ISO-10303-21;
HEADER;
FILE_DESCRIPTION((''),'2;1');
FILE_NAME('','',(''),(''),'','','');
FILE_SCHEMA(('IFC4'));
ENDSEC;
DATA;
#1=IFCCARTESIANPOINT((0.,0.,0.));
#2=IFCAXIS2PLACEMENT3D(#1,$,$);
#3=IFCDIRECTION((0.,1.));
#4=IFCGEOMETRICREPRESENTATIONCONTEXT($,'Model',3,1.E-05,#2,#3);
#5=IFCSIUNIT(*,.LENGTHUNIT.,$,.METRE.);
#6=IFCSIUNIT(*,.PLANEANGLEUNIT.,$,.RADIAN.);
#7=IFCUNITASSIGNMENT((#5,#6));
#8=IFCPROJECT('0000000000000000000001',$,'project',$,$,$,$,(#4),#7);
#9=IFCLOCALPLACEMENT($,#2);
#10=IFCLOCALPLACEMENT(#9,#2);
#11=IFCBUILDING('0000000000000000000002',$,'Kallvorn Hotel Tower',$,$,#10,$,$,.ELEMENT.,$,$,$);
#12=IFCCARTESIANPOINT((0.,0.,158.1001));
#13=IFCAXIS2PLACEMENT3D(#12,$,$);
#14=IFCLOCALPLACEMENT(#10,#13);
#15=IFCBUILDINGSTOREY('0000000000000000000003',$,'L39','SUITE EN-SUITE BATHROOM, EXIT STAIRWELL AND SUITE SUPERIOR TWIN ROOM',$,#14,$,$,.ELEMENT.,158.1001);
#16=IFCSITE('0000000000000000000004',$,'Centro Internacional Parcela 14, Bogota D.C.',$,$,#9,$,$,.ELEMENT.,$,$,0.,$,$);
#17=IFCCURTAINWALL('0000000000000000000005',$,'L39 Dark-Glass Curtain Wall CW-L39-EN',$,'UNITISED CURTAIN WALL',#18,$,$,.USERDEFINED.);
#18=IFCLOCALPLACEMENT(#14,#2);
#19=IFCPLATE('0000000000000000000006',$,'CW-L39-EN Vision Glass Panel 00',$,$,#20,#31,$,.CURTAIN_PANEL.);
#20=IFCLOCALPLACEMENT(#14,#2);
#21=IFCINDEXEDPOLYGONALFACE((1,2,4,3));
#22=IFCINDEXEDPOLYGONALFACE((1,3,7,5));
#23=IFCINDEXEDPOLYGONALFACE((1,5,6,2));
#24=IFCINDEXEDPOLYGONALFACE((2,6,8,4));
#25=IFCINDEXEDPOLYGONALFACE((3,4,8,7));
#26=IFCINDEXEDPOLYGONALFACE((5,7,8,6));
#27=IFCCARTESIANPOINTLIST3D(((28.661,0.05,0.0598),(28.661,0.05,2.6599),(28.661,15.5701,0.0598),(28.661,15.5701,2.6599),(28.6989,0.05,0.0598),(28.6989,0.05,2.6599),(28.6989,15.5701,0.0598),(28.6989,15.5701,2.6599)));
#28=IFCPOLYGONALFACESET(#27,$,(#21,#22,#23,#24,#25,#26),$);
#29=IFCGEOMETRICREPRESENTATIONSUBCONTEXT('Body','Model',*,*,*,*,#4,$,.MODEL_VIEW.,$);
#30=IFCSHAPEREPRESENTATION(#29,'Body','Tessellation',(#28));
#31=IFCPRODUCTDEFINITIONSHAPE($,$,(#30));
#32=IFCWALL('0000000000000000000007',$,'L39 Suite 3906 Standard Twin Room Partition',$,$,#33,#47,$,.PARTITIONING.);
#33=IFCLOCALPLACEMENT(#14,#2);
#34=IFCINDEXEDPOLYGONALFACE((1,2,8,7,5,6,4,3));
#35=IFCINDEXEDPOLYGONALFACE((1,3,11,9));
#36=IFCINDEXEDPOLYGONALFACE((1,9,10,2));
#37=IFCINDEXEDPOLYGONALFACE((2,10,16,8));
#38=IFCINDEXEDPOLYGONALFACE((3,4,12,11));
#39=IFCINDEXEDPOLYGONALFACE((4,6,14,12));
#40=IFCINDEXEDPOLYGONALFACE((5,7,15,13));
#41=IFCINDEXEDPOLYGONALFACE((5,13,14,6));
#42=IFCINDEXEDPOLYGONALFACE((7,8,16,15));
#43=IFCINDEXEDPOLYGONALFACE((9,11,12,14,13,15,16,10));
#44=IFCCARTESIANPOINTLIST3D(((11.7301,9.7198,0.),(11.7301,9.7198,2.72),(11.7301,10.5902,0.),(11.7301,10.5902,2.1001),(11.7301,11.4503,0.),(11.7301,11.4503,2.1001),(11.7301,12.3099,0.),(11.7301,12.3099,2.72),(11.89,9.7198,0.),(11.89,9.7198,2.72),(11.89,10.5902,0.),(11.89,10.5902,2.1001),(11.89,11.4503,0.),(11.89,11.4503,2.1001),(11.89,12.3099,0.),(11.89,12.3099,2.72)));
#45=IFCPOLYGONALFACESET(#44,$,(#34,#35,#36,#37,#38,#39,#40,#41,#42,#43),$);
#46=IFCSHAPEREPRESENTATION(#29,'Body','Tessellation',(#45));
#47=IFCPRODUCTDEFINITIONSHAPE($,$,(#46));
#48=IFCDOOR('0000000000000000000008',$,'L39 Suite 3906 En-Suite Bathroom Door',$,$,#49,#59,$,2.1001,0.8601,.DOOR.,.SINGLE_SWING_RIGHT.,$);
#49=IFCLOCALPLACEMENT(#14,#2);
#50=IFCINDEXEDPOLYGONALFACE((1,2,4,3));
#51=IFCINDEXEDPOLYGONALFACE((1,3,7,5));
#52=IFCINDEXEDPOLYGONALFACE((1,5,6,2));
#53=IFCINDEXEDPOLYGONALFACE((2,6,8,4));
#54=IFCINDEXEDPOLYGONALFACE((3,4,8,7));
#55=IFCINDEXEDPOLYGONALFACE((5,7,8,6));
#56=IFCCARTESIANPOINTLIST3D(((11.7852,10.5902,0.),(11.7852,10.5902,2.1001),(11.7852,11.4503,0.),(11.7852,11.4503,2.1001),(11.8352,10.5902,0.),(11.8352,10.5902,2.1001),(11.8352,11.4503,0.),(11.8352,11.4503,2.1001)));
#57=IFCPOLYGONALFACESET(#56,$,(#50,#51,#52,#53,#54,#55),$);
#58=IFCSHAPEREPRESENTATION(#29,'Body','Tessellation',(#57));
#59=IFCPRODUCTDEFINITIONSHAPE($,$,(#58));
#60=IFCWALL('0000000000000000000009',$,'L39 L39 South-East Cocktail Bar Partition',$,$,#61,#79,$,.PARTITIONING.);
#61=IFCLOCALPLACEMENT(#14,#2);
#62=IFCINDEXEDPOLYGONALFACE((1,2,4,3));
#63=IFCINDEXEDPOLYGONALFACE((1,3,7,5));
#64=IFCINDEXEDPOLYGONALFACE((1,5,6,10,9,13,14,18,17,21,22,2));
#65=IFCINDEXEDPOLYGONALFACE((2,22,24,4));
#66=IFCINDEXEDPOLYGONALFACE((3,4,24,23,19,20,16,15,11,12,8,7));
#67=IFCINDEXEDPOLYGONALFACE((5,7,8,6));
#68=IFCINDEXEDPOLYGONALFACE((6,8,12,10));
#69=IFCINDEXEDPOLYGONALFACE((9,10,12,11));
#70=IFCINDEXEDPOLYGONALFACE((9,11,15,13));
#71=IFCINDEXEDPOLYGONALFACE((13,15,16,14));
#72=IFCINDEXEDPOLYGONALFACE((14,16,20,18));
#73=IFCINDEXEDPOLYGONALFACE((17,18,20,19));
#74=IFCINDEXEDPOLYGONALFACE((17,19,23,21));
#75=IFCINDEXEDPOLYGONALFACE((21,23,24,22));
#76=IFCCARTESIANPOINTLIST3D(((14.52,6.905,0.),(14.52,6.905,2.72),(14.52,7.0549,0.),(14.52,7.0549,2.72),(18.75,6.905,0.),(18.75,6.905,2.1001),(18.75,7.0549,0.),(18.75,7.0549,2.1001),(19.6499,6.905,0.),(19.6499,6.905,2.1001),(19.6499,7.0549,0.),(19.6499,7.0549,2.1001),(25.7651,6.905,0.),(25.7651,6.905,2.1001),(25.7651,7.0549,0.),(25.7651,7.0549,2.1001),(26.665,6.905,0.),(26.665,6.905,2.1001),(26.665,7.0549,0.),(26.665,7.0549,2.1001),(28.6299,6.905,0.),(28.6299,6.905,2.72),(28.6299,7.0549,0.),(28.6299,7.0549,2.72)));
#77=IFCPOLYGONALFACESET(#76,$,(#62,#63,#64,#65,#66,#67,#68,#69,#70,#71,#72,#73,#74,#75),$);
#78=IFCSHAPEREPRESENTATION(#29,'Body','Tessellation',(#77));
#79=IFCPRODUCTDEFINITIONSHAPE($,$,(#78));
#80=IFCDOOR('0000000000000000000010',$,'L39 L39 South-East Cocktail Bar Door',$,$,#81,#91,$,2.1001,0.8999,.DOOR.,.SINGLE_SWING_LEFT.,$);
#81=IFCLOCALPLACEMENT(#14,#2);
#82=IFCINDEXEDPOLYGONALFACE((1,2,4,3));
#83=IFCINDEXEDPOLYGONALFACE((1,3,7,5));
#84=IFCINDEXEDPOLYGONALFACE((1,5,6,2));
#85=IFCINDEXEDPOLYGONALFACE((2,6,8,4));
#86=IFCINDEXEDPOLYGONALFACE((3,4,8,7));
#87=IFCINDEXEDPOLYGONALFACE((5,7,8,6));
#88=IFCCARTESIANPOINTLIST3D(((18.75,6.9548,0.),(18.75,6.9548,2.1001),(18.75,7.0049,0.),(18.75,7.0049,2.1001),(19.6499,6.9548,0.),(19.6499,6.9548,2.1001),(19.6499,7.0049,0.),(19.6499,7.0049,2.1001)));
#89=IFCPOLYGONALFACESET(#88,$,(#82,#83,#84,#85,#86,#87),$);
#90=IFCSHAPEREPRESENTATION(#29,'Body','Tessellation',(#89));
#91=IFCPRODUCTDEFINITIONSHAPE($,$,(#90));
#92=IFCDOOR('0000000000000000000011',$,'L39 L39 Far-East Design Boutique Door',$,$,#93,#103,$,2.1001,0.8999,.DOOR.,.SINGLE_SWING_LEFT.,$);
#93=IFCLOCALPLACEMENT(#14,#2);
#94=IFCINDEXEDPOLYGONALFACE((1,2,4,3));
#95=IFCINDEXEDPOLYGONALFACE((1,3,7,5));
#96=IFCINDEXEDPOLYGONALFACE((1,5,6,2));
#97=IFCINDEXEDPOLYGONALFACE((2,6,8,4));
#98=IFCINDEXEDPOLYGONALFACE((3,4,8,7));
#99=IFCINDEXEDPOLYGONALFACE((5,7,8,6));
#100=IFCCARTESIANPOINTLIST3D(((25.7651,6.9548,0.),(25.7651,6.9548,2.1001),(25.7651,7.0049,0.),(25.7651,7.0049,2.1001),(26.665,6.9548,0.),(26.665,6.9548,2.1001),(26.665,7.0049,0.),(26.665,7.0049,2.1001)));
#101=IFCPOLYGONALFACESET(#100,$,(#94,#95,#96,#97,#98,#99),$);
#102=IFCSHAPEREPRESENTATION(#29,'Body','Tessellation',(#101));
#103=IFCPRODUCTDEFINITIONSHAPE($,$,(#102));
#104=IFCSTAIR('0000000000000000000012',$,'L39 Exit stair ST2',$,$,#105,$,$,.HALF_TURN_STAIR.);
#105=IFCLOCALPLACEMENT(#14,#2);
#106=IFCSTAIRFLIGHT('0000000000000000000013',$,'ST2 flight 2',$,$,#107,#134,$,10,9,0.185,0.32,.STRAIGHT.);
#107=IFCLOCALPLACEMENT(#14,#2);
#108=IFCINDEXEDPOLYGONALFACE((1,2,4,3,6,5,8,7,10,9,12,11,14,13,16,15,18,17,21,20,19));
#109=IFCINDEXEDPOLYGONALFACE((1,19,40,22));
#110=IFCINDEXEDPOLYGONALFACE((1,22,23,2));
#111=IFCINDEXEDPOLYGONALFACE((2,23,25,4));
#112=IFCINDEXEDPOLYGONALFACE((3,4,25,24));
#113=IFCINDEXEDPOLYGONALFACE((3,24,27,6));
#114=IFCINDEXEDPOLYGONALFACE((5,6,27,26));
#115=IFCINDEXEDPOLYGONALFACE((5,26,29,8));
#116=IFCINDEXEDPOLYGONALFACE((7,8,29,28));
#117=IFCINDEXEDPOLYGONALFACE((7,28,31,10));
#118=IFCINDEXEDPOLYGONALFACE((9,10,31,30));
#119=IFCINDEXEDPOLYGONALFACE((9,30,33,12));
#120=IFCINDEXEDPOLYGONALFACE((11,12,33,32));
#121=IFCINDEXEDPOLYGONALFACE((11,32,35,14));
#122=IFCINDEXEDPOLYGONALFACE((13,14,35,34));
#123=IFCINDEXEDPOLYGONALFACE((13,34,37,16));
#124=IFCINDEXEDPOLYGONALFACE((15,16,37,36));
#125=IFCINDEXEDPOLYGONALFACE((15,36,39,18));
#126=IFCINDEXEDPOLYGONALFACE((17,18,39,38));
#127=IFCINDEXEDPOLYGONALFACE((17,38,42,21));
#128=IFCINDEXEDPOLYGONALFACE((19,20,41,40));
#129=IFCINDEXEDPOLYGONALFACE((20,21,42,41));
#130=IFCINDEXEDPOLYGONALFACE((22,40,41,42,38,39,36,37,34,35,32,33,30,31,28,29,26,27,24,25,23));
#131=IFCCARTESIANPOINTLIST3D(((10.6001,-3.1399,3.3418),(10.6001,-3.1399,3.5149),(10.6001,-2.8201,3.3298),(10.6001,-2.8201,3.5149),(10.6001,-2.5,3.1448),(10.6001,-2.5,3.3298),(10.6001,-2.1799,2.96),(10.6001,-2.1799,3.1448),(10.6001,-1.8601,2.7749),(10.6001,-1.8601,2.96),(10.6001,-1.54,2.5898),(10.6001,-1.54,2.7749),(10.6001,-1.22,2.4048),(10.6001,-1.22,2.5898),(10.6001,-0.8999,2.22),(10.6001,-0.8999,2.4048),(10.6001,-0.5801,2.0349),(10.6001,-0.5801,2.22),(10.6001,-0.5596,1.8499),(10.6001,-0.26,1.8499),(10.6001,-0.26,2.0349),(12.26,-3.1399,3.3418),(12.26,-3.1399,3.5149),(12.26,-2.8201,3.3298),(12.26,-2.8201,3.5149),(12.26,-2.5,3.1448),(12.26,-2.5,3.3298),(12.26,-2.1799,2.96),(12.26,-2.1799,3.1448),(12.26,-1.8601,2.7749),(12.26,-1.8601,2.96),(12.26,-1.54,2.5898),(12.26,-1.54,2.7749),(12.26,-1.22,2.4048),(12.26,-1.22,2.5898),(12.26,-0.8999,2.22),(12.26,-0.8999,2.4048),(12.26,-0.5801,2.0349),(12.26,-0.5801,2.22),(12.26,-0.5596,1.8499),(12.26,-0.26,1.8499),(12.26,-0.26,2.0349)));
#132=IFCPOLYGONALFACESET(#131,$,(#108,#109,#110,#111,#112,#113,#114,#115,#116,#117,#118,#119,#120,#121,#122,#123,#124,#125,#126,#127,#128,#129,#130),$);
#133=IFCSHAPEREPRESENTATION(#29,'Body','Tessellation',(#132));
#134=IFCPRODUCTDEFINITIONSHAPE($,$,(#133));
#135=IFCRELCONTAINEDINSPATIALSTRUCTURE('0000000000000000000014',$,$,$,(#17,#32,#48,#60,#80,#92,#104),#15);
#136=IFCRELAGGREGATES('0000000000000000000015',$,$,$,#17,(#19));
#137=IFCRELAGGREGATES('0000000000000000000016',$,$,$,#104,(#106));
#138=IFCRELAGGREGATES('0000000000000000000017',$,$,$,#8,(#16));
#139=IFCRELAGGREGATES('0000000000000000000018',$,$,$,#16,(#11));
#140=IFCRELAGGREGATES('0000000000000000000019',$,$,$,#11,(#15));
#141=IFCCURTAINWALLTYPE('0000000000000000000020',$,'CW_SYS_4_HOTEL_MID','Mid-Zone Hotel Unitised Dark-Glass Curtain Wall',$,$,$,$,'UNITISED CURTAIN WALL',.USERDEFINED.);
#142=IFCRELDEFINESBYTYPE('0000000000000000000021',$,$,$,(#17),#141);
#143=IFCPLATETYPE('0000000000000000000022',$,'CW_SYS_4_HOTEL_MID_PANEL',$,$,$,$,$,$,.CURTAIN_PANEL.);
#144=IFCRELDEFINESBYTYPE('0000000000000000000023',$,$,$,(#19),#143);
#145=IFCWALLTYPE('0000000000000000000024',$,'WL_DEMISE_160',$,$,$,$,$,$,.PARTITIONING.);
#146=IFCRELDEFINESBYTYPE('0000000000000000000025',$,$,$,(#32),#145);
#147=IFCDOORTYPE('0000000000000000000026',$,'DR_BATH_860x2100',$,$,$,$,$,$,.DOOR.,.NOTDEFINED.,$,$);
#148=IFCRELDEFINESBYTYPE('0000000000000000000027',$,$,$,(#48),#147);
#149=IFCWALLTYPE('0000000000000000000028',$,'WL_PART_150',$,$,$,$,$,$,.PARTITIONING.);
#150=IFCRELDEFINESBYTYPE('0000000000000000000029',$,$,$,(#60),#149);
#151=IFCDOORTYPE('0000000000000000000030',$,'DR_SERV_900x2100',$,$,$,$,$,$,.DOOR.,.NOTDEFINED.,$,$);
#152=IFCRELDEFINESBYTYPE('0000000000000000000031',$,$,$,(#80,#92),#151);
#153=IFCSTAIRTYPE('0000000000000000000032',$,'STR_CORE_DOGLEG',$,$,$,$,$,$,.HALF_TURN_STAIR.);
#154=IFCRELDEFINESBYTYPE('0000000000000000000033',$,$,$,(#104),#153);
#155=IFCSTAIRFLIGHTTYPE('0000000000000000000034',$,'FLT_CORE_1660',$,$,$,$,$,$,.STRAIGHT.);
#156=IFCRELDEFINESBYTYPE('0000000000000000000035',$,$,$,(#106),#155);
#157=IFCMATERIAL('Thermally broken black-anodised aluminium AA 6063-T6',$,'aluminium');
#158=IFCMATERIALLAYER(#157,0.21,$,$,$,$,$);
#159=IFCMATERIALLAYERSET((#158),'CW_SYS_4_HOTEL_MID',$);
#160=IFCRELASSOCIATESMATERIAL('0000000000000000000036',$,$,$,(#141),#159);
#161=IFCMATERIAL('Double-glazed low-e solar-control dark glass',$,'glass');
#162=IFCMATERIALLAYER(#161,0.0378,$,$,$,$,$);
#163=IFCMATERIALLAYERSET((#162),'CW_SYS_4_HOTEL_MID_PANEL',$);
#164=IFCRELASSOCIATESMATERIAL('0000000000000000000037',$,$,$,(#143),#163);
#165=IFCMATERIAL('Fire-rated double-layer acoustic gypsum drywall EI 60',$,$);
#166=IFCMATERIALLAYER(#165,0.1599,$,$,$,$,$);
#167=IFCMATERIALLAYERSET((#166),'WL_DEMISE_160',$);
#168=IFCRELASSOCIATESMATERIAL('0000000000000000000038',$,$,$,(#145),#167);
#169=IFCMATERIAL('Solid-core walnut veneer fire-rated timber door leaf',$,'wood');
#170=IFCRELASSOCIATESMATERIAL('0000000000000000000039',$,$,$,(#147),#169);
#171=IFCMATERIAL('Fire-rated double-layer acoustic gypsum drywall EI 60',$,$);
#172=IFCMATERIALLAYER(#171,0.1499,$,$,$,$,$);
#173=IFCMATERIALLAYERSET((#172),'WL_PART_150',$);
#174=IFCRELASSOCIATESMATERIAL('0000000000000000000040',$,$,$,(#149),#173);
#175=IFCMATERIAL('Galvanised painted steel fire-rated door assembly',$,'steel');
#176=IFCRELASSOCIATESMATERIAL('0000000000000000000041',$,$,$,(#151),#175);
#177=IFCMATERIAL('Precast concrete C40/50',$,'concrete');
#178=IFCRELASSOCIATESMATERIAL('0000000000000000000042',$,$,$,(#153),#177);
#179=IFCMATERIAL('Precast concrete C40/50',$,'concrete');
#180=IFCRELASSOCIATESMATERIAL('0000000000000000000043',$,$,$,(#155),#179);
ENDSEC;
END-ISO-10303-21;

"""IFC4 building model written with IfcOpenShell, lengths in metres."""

from ifc_helpers import new_model, si_unit, direction, frame, frame_2d, origin, origin_2d, place, context, subcontext, project, spatial, polyline, rectangle, outline, extrude, material, layer, layer_set, type_object, element, fill, aggregate, save


model = new_model("IFC4")

# Units and contexts
model_context = context("Model", 3, precision=1e-05, world=origin(), true_north=direction((0.0, 1.0)))
body_context = subcontext(model_context, "Body", "Model", "MODEL_VIEW")
ifc_project = project(units=[si_unit("LENGTHUNIT", "METRE"), si_unit("PLANEANGLEUNIT", "RADIAN")], contexts=[model_context])

# Site, building, storey
site_placement = place(None, origin())
site = spatial("IfcSite", under=ifc_project, at=site_placement, Name="Centro Internacional Parcela 14, Bogota D.C.", CompositionType="ELEMENT", RefElevation=0.0)
building_placement = place(site_placement, origin())
building = spatial("IfcBuilding", under=site, at=building_placement, Name="Kallvorn Hotel Tower", CompositionType="ELEMENT")
storey_placement = place(building_placement, frame((0.0, 0.0, 158.1001)))
storey = spatial("IfcBuildingStorey", under=building, at=storey_placement, Name="L39", Description="SUITE EN-SUITE BATHROOM, EXIT STAIRWELL AND SUITE SUPERIOR TWIN ROOM", CompositionType="ELEMENT", Elevation=158.1001)

# Curtain wall, plate
ifc_material_1 = material(Name="Thermally broken black-anodised aluminium AA 6063-T6", Category="aluminium")
ifc_layer_1 = layer(ifc_material_1, 0.21)
ifc_layer_set_1 = layer_set([ifc_layer_1], Name="CW_SYS_4_HOTEL_MID")
curtain_wall_type = type_object("IfcCurtainWallType", Name="CW_SYS_4_HOTEL_MID", Description="Mid-Zone Hotel Unitised Dark-Glass Curtain Wall", ElementType="UNITISED CURTAIN WALL", PredefinedType="USERDEFINED", material=ifc_layer_set_1)
curtain_wall_placement = place(storey_placement, origin())
curtain_wall = element("IfcCurtainWall", 1, at=curtain_wall_placement, inside=storey, type_object=curtain_wall_type, Name="L39 Dark-Glass Curtain Wall CW-L39-EN", ObjectType="UNITISED CURTAIN WALL", PredefinedType="USERDEFINED")
ifc_material_2 = material(Name="Double-glazed low-e solar-control dark glass", Category="glass")
ifc_layer_2 = layer(ifc_material_2, 0.0378)
ifc_layer_set_2 = layer_set([ifc_layer_2], Name="CW_SYS_4_HOTEL_MID_PANEL")
plate_type = type_object("IfcPlateType", Name="CW_SYS_4_HOTEL_MID_PANEL", PredefinedType="CURTAIN_PANEL", material=ifc_layer_set_2)
plate_placement = place(storey_placement, frame((28.6799, 7.8101, 0.0598), z_axis=(0.0, 0.0, 1.0), x_axis=(0.0, 1.0, 0.0)))
plate = element("IfcPlate", 2, at=plate_placement, type_object=plate_type, Name="CW-L39-EN Vision Glass Panel 00", PredefinedType="CURTAIN_PANEL", context=body_context, shape_type="SweptSolid", body=[
    extrude(rectangle(XDim=15.52, YDim=0.0378, at=origin_2d()), origin(), (0.0, 0.0, 1.0), 2.6001),
])
aggregate(curtain_wall, [plate])

# Wall, opening, door
ifc_material_3 = material(Name="Fire-rated double-layer acoustic gypsum drywall EI 60")
ifc_layer_3 = layer(ifc_material_3, 0.1599)
ifc_layer_set_3 = layer_set([ifc_layer_3], Name="WL_DEMISE_160")
wall_type_1 = type_object("IfcWallType", Name="WL_DEMISE_160", PredefinedType="PARTITIONING", material=ifc_layer_set_3)
wall_1_placement = place(storey_placement, frame((11.8101, 9.72, 0.0), z_axis=(0.0, 0.0, 1.0), x_axis=(0.0, 1.0, 0.0)))
wall_1 = element("IfcWall", 3, at=wall_1_placement, inside=storey, type_object=wall_type_1, Name="L39 Suite 3906 Standard Twin Room Partition", PredefinedType="PARTITIONING", context=body_context, shape_type="SweptSolid", body=[
    extrude(rectangle(XDim=2.5901, YDim=0.1599, at=frame_2d((1.2949, 0.0))), origin(), (0.0, 0.0, 1.0), 2.72),
])
opening_1_placement = place(wall_1_placement, frame((0.8701, 0.0, 0.0)))
opening_1 = element("IfcOpeningElement", 4, at=opening_1_placement, cuts=wall_1, PredefinedType="OPENING", context=body_context, shape_type="SweptSolid", body=[
    extrude(rectangle(XDim=0.8601, YDim=2.1001, at=frame_2d((0.4302, 1.05))), frame((0.0, 0.095, 0.0), z_axis=(0.0, -1.0, 0.0), x_axis=(1.0, 0.0, 0.0)), (0.0, 0.0, 1.0), 0.1899),
])
ifc_material_4 = material(Name="Solid-core walnut veneer fire-rated timber door leaf", Category="wood")
door_type_1 = type_object("IfcDoorType", Name="DR_BATH_860x2100", OperationType="NOTDEFINED", PredefinedType="DOOR", material=ifc_material_4)
door_1_placement = place(opening_1_placement, origin())
door_1 = element("IfcDoor", 5, at=door_1_placement, inside=storey, type_object=door_type_1, Name="L39 Suite 3906 En-Suite Bathroom Door", OperationType="SINGLE_SWING_RIGHT", OverallHeight=2.1001, OverallWidth=0.8601, PredefinedType="DOOR", context=body_context, shape_type="SweptSolid", body=[
    extrude(rectangle(XDim=0.8601, YDim=2.1001, at=frame_2d((0.4302, 1.05))), frame((0.0, 0.0249, 0.0), z_axis=(0.0, -1.0, 0.0), x_axis=(1.0, 0.0, 0.0)), (0.0, 0.0, 1.0), 0.05),
])
fill(opening_1, door_1)

# Wall, openings, doors
ifc_material_5 = material(Name="Fire-rated double-layer acoustic gypsum drywall EI 60")
ifc_layer_4 = layer(ifc_material_5, 0.1499)
ifc_layer_set_4 = layer_set([ifc_layer_4], Name="WL_PART_150")
wall_type_2 = type_object("IfcWallType", Name="WL_PART_150", PredefinedType="PARTITIONING", material=ifc_layer_set_4)
wall_2_placement = place(storey_placement, frame((14.52, 6.98, 0.0), z_axis=(0.0, 0.0, 1.0), x_axis=(1.0, 0.0, 0.0)))
wall_2 = element("IfcWall", 6, at=wall_2_placement, inside=storey, type_object=wall_type_2, Name="L39 L39 South-East Cocktail Bar Partition", PredefinedType="PARTITIONING", context=body_context, shape_type="SweptSolid", body=[
    extrude(rectangle(XDim=14.1099, YDim=0.1499, at=frame_2d((7.0549, 0.0))), origin(), (0.0, 0.0, 1.0), 2.72),
])
opening_2_placement = place(wall_2_placement, frame((4.23, 0.0, 0.0)))
opening_2 = element("IfcOpeningElement", 7, at=opening_2_placement, cuts=wall_2, PredefinedType="OPENING", context=body_context, shape_type="SweptSolid", body=[
    extrude(rectangle(XDim=0.8999, YDim=2.1001, at=frame_2d((0.45, 1.05))), frame((0.0, 0.0898, 0.0), z_axis=(0.0, -1.0, 0.0), x_axis=(1.0, 0.0, 0.0)), (0.0, 0.0, 1.0), 0.1799),
])
opening_3_placement = place(wall_2_placement, frame((11.2451, 0.0, 0.0)))
opening_3 = element("IfcOpeningElement", 8, at=opening_3_placement, cuts=wall_2, PredefinedType="OPENING", context=body_context, shape_type="SweptSolid", body=[
    extrude(rectangle(XDim=0.8999, YDim=2.1001, at=frame_2d((0.45, 1.05))), frame((0.0, 0.0898, 0.0), z_axis=(0.0, -1.0, 0.0), x_axis=(1.0, 0.0, 0.0)), (0.0, 0.0, 1.0), 0.1799),
])
ifc_material_6 = material(Name="Galvanised painted steel fire-rated door assembly", Category="steel")
door_type_2 = type_object("IfcDoorType", Name="DR_SERV_900x2100", OperationType="NOTDEFINED", PredefinedType="DOOR", material=ifc_material_6)
door_2_placement = place(opening_2_placement, origin())
door_2 = element("IfcDoor", 9, at=door_2_placement, inside=storey, type_object=door_type_2, Name="L39 L39 South-East Cocktail Bar Door", OperationType="SINGLE_SWING_LEFT", OverallHeight=2.1001, OverallWidth=0.8999, PredefinedType="DOOR", context=body_context, shape_type="SweptSolid", body=[
    extrude(rectangle(XDim=0.8999, YDim=2.1001, at=frame_2d((0.45, 1.05))), frame((0.0, 0.0249, 0.0), z_axis=(0.0, -1.0, 0.0), x_axis=(1.0, 0.0, 0.0)), (0.0, 0.0, 1.0), 0.05),
])
fill(opening_2, door_2)
door_3_placement = place(opening_3_placement, origin())
door_3 = element("IfcDoor", 10, at=door_3_placement, inside=storey, type_object=door_type_2, Name="L39 L39 Far-East Design Boutique Door", OperationType="SINGLE_SWING_LEFT", OverallHeight=2.1001, OverallWidth=0.8999, PredefinedType="DOOR", context=body_context, shape_type="SweptSolid", body=[
    extrude(rectangle(XDim=0.8999, YDim=2.1001, at=frame_2d((0.45, 1.05))), frame((0.0, 0.0249, 0.0), z_axis=(0.0, -1.0, 0.0), x_axis=(1.0, 0.0, 0.0)), (0.0, 0.0, 1.0), 0.05),
])
fill(opening_3, door_3)

# Stair, stair flight
ifc_material_7 = material(Name="Precast concrete C40/50", Category="concrete")
stair_type = type_object("IfcStairType", Name="STR_CORE_DOGLEG", PredefinedType="HALF_TURN_STAIR", material=ifc_material_7)
stair_placement = place(storey_placement, origin())
stair = element("IfcStair", 11, at=stair_placement, inside=storey, type_object=stair_type, Name="L39 Exit stair ST2", PredefinedType="HALF_TURN_STAIR")
ifc_material_8 = material(Name="Precast concrete C40/50", Category="concrete")
stair_flight_type = type_object("IfcStairFlightType", Name="FLT_CORE_1660", PredefinedType="STRAIGHT", material=ifc_material_8)
stair_flight_placement = place(storey_placement, frame((11.4299, -0.26, 1.8499), z_axis=(0.0, 0.0, 1.0), x_axis=(0.0, -1.0, 0.0)))
stair_flight = element("IfcStairFlight", 12, at=stair_flight_placement, type_object=stair_flight_type, Name="ST2 flight 2", NumberOfRisers=10, NumberOfTreads=9, PredefinedType="STRAIGHT", RiserHeight=0.185, TreadLength=0.32, context=body_context, shape_type="SweptSolid", body=[
    extrude(outline(polyline([(0.0, 0.0), (0.0, 0.1851), (0.3201, 0.1851), (0.3201, 0.3701), (0.6399, 0.3701), (0.6399, 0.5549), (0.96, 0.5549), (0.96, 0.74), (1.28, 0.74), (1.28, 0.925), (1.6001, 0.925), (1.6001, 1.1101), (1.9199, 1.1101), (1.9199, 1.2949), (2.24, 1.2949), (2.24, 1.48), (2.5601, 1.48), (2.5601, 1.665), (2.8799, 1.665), (2.8799, 1.8501), (2.8799, 1.4919), (0.2996, 0.0), (0.0, 0.0)])), frame((0.0, 0.8301, 0.0), z_axis=(0.0, -1.0, 0.0), x_axis=(1.0, 0.0, 0.0)), (0.0, 0.0, 1.0), 1.6599),
])
aggregate(stair, [stair_flight])

save(model, "model.ifc")
